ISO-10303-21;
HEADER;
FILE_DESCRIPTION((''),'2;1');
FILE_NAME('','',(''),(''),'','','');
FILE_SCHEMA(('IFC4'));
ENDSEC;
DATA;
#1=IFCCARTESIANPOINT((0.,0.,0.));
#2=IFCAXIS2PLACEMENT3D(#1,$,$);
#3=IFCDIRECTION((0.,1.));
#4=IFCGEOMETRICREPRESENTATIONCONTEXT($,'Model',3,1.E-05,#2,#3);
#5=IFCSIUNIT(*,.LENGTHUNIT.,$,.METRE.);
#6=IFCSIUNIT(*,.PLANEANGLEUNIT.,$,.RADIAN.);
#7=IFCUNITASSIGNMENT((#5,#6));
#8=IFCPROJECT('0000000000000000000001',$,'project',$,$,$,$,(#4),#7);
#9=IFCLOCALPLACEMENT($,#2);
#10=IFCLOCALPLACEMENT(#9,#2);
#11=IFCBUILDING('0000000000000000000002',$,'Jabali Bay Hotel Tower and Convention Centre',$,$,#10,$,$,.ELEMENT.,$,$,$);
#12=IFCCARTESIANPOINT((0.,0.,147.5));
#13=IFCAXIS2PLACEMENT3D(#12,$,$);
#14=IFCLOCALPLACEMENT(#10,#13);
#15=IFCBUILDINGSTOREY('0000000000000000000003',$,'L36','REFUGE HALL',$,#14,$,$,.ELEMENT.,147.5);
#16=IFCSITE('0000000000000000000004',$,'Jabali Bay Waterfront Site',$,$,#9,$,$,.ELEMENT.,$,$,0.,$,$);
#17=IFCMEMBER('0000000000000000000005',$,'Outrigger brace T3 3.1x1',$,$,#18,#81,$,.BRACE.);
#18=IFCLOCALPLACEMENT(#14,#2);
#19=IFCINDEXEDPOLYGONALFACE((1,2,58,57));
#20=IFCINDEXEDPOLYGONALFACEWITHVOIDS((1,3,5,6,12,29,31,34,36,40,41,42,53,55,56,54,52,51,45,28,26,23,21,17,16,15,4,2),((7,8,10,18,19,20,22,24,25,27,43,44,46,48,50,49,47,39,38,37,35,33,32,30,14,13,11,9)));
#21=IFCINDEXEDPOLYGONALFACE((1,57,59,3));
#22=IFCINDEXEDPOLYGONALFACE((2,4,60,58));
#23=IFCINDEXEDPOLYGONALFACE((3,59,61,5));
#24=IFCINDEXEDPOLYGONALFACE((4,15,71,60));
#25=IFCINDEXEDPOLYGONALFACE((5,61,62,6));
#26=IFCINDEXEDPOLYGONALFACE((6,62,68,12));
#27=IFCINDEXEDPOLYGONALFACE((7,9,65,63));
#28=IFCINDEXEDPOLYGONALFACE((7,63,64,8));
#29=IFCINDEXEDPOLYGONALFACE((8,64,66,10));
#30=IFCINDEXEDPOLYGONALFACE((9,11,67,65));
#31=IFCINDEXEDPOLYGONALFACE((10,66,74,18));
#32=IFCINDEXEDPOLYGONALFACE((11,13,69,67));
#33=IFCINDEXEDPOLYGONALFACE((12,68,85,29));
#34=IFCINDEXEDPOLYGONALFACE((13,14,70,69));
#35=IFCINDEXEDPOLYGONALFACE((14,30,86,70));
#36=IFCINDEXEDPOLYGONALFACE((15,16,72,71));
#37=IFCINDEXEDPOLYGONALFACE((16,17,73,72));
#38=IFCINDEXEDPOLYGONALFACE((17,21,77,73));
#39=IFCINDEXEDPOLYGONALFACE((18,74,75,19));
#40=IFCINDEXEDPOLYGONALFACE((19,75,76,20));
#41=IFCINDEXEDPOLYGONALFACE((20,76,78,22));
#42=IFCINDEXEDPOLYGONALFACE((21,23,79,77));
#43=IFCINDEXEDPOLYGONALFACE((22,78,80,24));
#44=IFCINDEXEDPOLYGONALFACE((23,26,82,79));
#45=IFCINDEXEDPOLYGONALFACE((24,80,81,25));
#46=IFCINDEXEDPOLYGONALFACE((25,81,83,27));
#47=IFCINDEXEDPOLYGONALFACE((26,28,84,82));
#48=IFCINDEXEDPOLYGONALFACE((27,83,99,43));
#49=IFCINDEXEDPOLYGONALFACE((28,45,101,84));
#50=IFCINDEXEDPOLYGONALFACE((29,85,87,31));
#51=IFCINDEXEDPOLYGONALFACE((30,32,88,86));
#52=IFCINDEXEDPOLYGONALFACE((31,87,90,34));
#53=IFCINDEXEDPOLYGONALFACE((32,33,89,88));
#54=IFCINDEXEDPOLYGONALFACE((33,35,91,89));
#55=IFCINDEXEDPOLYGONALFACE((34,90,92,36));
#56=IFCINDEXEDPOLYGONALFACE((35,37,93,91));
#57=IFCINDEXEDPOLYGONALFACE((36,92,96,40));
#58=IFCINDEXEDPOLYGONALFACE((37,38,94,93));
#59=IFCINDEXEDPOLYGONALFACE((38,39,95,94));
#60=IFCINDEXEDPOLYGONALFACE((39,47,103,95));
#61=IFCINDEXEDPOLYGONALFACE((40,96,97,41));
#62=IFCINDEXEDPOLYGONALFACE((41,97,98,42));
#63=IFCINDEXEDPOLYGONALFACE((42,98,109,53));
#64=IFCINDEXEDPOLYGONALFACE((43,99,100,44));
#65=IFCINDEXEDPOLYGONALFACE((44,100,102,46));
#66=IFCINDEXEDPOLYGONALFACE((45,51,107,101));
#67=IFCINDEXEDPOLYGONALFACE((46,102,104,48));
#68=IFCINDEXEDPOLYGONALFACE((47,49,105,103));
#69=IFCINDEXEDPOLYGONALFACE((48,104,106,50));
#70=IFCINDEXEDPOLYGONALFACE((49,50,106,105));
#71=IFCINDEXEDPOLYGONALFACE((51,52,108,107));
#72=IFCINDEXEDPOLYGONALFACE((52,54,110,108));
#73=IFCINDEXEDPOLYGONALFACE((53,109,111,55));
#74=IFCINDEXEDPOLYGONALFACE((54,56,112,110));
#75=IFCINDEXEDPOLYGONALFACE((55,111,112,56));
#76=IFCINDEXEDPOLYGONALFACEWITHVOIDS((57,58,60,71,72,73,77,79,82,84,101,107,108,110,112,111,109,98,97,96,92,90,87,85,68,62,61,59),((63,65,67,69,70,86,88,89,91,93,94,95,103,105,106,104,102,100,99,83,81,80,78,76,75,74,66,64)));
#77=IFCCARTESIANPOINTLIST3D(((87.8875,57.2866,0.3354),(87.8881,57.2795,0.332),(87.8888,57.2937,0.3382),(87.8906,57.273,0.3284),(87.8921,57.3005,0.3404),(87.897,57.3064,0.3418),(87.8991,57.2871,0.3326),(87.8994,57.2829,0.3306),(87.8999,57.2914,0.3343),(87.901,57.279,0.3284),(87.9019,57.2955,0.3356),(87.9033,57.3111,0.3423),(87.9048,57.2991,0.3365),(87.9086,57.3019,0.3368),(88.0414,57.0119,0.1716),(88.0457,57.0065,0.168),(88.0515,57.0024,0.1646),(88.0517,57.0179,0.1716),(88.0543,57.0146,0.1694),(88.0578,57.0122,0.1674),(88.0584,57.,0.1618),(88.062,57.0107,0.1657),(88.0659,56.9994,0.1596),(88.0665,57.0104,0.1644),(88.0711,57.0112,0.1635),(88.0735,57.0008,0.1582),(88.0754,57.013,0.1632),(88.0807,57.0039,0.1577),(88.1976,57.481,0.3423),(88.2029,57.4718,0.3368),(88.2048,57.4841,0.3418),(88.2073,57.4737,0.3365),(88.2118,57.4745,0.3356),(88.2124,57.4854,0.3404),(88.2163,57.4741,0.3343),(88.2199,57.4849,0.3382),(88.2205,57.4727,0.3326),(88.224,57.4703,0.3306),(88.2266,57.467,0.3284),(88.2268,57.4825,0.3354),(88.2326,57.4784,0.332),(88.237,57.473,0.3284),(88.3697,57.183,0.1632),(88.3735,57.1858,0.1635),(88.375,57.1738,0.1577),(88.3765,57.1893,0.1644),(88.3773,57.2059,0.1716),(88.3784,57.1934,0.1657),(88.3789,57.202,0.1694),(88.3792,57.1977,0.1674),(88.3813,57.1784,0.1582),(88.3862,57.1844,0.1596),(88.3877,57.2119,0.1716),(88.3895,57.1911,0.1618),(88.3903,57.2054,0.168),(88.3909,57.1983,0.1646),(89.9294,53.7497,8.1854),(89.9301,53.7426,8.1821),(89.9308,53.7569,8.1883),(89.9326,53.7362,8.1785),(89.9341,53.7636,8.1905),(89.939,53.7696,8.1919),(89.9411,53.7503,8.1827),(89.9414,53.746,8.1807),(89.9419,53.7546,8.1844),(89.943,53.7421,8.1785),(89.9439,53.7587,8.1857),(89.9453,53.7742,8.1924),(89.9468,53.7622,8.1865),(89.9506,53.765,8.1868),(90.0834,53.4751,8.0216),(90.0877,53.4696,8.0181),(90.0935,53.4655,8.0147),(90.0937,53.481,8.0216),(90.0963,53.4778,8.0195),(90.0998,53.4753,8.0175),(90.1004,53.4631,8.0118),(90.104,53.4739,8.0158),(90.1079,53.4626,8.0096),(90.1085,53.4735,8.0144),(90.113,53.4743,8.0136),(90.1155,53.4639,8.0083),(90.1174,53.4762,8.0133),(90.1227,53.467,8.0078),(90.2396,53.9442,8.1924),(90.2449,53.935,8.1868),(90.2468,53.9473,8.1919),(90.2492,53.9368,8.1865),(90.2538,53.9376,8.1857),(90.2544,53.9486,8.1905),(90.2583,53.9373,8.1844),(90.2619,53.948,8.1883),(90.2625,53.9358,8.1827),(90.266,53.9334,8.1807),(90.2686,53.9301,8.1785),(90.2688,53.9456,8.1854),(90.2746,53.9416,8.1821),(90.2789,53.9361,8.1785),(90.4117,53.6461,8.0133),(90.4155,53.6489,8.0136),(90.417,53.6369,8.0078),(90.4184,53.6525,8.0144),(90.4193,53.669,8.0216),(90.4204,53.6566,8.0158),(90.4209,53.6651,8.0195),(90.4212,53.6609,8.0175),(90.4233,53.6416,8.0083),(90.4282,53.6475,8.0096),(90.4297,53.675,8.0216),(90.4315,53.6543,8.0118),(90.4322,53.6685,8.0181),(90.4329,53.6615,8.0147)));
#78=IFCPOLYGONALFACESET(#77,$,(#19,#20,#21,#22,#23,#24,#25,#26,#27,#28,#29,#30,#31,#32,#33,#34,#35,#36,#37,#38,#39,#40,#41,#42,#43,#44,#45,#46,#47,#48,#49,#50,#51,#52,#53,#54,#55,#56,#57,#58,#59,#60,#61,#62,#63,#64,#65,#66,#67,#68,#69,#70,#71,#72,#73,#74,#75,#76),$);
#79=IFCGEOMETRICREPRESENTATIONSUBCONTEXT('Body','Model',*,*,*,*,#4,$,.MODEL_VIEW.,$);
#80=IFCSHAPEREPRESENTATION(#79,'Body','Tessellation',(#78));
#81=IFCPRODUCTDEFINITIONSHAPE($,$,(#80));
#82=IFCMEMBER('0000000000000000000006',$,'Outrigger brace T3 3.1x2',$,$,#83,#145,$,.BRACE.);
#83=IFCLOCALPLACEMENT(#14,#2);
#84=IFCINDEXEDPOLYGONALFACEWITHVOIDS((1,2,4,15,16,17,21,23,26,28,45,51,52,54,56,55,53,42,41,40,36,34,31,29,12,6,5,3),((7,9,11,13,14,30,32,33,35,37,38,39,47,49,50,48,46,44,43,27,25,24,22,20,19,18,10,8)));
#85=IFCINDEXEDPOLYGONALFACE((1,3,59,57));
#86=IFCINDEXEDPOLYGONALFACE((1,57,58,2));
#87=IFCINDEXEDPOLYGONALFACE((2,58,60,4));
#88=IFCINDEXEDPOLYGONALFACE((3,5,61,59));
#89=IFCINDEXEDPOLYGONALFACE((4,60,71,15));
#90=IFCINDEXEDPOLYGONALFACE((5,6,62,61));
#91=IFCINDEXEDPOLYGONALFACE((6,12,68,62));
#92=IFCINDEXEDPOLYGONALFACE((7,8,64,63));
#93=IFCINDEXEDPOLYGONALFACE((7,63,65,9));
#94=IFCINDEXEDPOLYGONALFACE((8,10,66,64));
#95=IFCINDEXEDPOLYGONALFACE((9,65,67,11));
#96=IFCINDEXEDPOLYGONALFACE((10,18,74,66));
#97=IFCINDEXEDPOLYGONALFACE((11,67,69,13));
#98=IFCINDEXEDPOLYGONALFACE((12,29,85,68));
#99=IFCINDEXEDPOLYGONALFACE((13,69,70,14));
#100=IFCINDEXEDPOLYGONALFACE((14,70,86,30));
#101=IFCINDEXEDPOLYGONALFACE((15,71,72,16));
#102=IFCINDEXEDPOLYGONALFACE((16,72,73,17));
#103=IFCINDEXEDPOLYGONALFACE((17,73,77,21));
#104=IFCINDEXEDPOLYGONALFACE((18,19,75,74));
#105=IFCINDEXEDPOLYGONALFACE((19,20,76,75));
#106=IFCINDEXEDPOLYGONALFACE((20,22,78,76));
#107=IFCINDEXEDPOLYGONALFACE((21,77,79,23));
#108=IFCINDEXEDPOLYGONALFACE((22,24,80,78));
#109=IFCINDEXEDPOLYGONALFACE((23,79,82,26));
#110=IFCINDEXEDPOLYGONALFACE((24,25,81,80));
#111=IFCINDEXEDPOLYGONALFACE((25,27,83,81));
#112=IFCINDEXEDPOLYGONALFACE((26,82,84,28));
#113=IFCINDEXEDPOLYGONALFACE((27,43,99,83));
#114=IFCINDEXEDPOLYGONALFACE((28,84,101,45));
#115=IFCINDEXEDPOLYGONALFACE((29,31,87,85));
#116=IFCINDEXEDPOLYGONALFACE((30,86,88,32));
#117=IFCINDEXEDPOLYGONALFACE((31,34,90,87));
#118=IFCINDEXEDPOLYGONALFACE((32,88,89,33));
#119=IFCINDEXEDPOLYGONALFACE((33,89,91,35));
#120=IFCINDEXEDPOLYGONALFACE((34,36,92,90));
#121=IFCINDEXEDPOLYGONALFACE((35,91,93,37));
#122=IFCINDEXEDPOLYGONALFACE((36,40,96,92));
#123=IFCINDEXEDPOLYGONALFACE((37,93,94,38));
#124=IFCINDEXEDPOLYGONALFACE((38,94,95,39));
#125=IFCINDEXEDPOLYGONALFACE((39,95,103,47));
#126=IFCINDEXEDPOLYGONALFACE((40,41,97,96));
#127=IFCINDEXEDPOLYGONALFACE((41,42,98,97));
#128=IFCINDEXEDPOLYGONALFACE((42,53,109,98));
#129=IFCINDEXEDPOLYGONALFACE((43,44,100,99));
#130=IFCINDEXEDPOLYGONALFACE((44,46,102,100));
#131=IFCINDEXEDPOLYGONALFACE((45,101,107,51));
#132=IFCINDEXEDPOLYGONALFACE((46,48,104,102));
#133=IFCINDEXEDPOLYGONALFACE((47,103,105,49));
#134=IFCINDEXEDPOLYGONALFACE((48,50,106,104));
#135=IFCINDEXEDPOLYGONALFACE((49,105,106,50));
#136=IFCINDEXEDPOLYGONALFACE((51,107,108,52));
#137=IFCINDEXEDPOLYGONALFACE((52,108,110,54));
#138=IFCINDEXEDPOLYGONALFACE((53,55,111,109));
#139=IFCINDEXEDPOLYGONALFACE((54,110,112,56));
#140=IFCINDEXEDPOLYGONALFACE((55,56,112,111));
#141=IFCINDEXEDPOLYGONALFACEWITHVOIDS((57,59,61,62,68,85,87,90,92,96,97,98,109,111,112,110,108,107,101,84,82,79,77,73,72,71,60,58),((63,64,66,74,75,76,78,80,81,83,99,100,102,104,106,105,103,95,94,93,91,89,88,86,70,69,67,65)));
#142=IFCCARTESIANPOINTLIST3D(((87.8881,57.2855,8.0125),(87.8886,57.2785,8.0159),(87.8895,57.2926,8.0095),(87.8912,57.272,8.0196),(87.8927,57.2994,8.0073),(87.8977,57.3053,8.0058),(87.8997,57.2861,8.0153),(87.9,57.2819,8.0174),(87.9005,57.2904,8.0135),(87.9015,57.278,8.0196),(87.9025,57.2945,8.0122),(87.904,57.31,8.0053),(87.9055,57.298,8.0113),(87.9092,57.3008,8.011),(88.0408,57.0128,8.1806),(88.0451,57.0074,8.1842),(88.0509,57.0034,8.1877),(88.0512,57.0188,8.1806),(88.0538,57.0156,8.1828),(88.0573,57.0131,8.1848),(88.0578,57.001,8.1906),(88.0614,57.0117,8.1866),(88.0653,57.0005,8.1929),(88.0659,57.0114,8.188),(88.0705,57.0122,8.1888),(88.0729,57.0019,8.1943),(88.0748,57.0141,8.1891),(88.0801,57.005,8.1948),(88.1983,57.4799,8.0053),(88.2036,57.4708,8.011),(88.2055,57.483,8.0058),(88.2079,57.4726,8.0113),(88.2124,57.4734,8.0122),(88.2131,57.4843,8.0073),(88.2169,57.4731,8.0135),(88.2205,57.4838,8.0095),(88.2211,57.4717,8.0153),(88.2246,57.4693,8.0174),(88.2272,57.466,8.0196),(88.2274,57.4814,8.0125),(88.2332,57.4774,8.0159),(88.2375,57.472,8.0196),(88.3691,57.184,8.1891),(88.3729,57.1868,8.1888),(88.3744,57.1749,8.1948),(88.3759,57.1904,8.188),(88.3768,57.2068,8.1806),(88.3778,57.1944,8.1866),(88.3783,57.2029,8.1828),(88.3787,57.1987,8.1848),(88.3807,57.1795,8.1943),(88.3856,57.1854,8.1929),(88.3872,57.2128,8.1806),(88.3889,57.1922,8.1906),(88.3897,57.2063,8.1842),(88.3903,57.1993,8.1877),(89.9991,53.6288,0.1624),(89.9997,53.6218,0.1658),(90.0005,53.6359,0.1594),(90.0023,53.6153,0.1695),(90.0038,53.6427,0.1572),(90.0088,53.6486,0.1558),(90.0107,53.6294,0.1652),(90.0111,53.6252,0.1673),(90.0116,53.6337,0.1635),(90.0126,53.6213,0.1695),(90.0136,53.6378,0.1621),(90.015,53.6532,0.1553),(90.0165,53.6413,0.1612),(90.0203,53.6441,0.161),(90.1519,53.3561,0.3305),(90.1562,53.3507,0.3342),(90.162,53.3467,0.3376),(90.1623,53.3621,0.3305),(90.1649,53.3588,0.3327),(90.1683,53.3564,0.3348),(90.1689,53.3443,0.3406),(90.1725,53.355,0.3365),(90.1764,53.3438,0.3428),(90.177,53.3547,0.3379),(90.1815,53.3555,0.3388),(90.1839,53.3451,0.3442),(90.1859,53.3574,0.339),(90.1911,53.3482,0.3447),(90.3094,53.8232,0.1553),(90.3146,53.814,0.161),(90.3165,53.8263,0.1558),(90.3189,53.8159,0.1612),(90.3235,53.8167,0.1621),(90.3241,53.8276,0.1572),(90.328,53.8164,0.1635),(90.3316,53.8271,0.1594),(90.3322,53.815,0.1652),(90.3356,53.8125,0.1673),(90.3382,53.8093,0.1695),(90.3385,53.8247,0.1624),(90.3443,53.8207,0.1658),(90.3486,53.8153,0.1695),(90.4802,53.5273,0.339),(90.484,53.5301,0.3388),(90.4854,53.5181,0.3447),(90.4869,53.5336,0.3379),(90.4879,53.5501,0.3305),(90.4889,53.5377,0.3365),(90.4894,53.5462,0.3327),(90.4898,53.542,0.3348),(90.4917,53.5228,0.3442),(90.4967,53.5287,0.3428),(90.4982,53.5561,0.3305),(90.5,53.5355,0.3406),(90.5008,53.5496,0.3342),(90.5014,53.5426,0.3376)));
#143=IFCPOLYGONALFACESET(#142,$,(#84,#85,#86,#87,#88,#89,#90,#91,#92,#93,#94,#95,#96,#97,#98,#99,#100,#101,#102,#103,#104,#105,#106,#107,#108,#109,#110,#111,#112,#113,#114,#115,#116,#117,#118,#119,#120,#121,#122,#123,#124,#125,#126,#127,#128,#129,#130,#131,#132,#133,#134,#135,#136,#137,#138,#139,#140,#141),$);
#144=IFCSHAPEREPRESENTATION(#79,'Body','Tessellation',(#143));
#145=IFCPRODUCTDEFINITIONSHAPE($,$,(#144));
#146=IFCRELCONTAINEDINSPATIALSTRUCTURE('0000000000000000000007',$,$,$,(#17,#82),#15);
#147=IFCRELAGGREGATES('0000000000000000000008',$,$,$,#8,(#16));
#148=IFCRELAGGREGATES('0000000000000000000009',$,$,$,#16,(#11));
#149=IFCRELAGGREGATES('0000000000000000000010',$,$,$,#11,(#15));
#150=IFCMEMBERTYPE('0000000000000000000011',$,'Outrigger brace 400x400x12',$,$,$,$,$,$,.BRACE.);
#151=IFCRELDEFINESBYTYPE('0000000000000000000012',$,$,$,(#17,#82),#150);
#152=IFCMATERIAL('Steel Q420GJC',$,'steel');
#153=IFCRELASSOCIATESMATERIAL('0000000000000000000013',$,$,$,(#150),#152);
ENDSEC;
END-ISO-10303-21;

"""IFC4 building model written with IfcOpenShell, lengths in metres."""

from ifc_helpers import new_model, si_unit, direction, frame, origin, origin_2d, place, context, subcontext, project, spatial, hollow_rectangle, extrude, material, material_profile, profile_set, type_object, element, save


model = new_model("IFC4")

# Units and contexts
model_context = context("Model", 3, precision=1e-05, world=origin(), true_north=direction((0.0, 1.0)))
body_context = subcontext(model_context, "Body", "Model", "MODEL_VIEW")
ifc_project = project(units=[si_unit("LENGTHUNIT", "METRE"), si_unit("PLANEANGLEUNIT", "RADIAN")], contexts=[model_context])

# Site, building, storey
site_placement = place(None, origin())
site = spatial("IfcSite", under=ifc_project, at=site_placement, Name="Jabali Bay Waterfront Site", CompositionType="ELEMENT", RefElevation=0.0)
building_placement = place(site_placement, origin())
building = spatial("IfcBuilding", under=site, at=building_placement, Name="Jabali Bay Hotel Tower and Convention Centre", CompositionType="ELEMENT")
storey_placement = place(building_placement, frame((0.0, 0.0, 147.5)))
storey = spatial("IfcBuildingStorey", under=building, at=storey_placement, Name="L36", Description="REFUGE HALL", CompositionType="ELEMENT", Elevation=147.5)

# Members
ifc_material_1 = material(Name="Steel Q420GJC", Category="steel")
ifc_material_profile_1 = material_profile(ifc_material_1, hollow_rectangle(XDim=0.3999, YDim=0.3999, WallThickness=0.012, InnerFilletRadius=0.0181, OuterFilletRadius=0.03, at=origin_2d()), Name="Outrigger brace 400x400x12")
ifc_profile_set_1 = profile_set([ifc_material_profile_1], Name="Steel Q420GJC")
member_type_1 = type_object("IfcMemberType", Name="Outrigger brace 400x400x12", PredefinedType="BRACE", material=ifc_profile_set_1)
member_1_placement = place(storey_placement, frame((88.1392, 57.2424, 0.25), z_axis=(0.230762, -0.399695, 0.887126), x_axis=(0.866027, 0.499997, 0.0)))
element("IfcMember", 1, at=member_1_placement, inside=storey, type_object=member_type_1, Name="Outrigger brace T3 3.1x1", PredefinedType="BRACE", context=body_context, shape_type="SweptSolid", body=[
    extrude(hollow_rectangle(XDim=0.3999, YDim=0.3999, WallThickness=0.012, InnerFilletRadius=0.0181, OuterFilletRadius=0.03, at=origin_2d()), origin(), (0.0, 0.0, 1.0), 8.8489),
])
member_2_placement = place(storey_placement, frame((90.2502, 53.5857, 0.25), z_axis=(-0.236838, 0.410242, 0.880687), x_axis=(-0.866039, -0.499976, 0.0)))
element("IfcMember", 2, at=member_2_placement, inside=storey, type_object=member_type_1, Name="Outrigger brace T3 3.1x2", PredefinedType="BRACE", context=body_context, shape_type="SweptSolid", body=[
    extrude(hollow_rectangle(XDim=0.3999, YDim=0.3999, WallThickness=0.012, InnerFilletRadius=0.0181, OuterFilletRadius=0.03, at=origin_2d()), origin(), (0.0, 0.0, 1.0), 8.9136),
])

save(model, "model.ifc")
